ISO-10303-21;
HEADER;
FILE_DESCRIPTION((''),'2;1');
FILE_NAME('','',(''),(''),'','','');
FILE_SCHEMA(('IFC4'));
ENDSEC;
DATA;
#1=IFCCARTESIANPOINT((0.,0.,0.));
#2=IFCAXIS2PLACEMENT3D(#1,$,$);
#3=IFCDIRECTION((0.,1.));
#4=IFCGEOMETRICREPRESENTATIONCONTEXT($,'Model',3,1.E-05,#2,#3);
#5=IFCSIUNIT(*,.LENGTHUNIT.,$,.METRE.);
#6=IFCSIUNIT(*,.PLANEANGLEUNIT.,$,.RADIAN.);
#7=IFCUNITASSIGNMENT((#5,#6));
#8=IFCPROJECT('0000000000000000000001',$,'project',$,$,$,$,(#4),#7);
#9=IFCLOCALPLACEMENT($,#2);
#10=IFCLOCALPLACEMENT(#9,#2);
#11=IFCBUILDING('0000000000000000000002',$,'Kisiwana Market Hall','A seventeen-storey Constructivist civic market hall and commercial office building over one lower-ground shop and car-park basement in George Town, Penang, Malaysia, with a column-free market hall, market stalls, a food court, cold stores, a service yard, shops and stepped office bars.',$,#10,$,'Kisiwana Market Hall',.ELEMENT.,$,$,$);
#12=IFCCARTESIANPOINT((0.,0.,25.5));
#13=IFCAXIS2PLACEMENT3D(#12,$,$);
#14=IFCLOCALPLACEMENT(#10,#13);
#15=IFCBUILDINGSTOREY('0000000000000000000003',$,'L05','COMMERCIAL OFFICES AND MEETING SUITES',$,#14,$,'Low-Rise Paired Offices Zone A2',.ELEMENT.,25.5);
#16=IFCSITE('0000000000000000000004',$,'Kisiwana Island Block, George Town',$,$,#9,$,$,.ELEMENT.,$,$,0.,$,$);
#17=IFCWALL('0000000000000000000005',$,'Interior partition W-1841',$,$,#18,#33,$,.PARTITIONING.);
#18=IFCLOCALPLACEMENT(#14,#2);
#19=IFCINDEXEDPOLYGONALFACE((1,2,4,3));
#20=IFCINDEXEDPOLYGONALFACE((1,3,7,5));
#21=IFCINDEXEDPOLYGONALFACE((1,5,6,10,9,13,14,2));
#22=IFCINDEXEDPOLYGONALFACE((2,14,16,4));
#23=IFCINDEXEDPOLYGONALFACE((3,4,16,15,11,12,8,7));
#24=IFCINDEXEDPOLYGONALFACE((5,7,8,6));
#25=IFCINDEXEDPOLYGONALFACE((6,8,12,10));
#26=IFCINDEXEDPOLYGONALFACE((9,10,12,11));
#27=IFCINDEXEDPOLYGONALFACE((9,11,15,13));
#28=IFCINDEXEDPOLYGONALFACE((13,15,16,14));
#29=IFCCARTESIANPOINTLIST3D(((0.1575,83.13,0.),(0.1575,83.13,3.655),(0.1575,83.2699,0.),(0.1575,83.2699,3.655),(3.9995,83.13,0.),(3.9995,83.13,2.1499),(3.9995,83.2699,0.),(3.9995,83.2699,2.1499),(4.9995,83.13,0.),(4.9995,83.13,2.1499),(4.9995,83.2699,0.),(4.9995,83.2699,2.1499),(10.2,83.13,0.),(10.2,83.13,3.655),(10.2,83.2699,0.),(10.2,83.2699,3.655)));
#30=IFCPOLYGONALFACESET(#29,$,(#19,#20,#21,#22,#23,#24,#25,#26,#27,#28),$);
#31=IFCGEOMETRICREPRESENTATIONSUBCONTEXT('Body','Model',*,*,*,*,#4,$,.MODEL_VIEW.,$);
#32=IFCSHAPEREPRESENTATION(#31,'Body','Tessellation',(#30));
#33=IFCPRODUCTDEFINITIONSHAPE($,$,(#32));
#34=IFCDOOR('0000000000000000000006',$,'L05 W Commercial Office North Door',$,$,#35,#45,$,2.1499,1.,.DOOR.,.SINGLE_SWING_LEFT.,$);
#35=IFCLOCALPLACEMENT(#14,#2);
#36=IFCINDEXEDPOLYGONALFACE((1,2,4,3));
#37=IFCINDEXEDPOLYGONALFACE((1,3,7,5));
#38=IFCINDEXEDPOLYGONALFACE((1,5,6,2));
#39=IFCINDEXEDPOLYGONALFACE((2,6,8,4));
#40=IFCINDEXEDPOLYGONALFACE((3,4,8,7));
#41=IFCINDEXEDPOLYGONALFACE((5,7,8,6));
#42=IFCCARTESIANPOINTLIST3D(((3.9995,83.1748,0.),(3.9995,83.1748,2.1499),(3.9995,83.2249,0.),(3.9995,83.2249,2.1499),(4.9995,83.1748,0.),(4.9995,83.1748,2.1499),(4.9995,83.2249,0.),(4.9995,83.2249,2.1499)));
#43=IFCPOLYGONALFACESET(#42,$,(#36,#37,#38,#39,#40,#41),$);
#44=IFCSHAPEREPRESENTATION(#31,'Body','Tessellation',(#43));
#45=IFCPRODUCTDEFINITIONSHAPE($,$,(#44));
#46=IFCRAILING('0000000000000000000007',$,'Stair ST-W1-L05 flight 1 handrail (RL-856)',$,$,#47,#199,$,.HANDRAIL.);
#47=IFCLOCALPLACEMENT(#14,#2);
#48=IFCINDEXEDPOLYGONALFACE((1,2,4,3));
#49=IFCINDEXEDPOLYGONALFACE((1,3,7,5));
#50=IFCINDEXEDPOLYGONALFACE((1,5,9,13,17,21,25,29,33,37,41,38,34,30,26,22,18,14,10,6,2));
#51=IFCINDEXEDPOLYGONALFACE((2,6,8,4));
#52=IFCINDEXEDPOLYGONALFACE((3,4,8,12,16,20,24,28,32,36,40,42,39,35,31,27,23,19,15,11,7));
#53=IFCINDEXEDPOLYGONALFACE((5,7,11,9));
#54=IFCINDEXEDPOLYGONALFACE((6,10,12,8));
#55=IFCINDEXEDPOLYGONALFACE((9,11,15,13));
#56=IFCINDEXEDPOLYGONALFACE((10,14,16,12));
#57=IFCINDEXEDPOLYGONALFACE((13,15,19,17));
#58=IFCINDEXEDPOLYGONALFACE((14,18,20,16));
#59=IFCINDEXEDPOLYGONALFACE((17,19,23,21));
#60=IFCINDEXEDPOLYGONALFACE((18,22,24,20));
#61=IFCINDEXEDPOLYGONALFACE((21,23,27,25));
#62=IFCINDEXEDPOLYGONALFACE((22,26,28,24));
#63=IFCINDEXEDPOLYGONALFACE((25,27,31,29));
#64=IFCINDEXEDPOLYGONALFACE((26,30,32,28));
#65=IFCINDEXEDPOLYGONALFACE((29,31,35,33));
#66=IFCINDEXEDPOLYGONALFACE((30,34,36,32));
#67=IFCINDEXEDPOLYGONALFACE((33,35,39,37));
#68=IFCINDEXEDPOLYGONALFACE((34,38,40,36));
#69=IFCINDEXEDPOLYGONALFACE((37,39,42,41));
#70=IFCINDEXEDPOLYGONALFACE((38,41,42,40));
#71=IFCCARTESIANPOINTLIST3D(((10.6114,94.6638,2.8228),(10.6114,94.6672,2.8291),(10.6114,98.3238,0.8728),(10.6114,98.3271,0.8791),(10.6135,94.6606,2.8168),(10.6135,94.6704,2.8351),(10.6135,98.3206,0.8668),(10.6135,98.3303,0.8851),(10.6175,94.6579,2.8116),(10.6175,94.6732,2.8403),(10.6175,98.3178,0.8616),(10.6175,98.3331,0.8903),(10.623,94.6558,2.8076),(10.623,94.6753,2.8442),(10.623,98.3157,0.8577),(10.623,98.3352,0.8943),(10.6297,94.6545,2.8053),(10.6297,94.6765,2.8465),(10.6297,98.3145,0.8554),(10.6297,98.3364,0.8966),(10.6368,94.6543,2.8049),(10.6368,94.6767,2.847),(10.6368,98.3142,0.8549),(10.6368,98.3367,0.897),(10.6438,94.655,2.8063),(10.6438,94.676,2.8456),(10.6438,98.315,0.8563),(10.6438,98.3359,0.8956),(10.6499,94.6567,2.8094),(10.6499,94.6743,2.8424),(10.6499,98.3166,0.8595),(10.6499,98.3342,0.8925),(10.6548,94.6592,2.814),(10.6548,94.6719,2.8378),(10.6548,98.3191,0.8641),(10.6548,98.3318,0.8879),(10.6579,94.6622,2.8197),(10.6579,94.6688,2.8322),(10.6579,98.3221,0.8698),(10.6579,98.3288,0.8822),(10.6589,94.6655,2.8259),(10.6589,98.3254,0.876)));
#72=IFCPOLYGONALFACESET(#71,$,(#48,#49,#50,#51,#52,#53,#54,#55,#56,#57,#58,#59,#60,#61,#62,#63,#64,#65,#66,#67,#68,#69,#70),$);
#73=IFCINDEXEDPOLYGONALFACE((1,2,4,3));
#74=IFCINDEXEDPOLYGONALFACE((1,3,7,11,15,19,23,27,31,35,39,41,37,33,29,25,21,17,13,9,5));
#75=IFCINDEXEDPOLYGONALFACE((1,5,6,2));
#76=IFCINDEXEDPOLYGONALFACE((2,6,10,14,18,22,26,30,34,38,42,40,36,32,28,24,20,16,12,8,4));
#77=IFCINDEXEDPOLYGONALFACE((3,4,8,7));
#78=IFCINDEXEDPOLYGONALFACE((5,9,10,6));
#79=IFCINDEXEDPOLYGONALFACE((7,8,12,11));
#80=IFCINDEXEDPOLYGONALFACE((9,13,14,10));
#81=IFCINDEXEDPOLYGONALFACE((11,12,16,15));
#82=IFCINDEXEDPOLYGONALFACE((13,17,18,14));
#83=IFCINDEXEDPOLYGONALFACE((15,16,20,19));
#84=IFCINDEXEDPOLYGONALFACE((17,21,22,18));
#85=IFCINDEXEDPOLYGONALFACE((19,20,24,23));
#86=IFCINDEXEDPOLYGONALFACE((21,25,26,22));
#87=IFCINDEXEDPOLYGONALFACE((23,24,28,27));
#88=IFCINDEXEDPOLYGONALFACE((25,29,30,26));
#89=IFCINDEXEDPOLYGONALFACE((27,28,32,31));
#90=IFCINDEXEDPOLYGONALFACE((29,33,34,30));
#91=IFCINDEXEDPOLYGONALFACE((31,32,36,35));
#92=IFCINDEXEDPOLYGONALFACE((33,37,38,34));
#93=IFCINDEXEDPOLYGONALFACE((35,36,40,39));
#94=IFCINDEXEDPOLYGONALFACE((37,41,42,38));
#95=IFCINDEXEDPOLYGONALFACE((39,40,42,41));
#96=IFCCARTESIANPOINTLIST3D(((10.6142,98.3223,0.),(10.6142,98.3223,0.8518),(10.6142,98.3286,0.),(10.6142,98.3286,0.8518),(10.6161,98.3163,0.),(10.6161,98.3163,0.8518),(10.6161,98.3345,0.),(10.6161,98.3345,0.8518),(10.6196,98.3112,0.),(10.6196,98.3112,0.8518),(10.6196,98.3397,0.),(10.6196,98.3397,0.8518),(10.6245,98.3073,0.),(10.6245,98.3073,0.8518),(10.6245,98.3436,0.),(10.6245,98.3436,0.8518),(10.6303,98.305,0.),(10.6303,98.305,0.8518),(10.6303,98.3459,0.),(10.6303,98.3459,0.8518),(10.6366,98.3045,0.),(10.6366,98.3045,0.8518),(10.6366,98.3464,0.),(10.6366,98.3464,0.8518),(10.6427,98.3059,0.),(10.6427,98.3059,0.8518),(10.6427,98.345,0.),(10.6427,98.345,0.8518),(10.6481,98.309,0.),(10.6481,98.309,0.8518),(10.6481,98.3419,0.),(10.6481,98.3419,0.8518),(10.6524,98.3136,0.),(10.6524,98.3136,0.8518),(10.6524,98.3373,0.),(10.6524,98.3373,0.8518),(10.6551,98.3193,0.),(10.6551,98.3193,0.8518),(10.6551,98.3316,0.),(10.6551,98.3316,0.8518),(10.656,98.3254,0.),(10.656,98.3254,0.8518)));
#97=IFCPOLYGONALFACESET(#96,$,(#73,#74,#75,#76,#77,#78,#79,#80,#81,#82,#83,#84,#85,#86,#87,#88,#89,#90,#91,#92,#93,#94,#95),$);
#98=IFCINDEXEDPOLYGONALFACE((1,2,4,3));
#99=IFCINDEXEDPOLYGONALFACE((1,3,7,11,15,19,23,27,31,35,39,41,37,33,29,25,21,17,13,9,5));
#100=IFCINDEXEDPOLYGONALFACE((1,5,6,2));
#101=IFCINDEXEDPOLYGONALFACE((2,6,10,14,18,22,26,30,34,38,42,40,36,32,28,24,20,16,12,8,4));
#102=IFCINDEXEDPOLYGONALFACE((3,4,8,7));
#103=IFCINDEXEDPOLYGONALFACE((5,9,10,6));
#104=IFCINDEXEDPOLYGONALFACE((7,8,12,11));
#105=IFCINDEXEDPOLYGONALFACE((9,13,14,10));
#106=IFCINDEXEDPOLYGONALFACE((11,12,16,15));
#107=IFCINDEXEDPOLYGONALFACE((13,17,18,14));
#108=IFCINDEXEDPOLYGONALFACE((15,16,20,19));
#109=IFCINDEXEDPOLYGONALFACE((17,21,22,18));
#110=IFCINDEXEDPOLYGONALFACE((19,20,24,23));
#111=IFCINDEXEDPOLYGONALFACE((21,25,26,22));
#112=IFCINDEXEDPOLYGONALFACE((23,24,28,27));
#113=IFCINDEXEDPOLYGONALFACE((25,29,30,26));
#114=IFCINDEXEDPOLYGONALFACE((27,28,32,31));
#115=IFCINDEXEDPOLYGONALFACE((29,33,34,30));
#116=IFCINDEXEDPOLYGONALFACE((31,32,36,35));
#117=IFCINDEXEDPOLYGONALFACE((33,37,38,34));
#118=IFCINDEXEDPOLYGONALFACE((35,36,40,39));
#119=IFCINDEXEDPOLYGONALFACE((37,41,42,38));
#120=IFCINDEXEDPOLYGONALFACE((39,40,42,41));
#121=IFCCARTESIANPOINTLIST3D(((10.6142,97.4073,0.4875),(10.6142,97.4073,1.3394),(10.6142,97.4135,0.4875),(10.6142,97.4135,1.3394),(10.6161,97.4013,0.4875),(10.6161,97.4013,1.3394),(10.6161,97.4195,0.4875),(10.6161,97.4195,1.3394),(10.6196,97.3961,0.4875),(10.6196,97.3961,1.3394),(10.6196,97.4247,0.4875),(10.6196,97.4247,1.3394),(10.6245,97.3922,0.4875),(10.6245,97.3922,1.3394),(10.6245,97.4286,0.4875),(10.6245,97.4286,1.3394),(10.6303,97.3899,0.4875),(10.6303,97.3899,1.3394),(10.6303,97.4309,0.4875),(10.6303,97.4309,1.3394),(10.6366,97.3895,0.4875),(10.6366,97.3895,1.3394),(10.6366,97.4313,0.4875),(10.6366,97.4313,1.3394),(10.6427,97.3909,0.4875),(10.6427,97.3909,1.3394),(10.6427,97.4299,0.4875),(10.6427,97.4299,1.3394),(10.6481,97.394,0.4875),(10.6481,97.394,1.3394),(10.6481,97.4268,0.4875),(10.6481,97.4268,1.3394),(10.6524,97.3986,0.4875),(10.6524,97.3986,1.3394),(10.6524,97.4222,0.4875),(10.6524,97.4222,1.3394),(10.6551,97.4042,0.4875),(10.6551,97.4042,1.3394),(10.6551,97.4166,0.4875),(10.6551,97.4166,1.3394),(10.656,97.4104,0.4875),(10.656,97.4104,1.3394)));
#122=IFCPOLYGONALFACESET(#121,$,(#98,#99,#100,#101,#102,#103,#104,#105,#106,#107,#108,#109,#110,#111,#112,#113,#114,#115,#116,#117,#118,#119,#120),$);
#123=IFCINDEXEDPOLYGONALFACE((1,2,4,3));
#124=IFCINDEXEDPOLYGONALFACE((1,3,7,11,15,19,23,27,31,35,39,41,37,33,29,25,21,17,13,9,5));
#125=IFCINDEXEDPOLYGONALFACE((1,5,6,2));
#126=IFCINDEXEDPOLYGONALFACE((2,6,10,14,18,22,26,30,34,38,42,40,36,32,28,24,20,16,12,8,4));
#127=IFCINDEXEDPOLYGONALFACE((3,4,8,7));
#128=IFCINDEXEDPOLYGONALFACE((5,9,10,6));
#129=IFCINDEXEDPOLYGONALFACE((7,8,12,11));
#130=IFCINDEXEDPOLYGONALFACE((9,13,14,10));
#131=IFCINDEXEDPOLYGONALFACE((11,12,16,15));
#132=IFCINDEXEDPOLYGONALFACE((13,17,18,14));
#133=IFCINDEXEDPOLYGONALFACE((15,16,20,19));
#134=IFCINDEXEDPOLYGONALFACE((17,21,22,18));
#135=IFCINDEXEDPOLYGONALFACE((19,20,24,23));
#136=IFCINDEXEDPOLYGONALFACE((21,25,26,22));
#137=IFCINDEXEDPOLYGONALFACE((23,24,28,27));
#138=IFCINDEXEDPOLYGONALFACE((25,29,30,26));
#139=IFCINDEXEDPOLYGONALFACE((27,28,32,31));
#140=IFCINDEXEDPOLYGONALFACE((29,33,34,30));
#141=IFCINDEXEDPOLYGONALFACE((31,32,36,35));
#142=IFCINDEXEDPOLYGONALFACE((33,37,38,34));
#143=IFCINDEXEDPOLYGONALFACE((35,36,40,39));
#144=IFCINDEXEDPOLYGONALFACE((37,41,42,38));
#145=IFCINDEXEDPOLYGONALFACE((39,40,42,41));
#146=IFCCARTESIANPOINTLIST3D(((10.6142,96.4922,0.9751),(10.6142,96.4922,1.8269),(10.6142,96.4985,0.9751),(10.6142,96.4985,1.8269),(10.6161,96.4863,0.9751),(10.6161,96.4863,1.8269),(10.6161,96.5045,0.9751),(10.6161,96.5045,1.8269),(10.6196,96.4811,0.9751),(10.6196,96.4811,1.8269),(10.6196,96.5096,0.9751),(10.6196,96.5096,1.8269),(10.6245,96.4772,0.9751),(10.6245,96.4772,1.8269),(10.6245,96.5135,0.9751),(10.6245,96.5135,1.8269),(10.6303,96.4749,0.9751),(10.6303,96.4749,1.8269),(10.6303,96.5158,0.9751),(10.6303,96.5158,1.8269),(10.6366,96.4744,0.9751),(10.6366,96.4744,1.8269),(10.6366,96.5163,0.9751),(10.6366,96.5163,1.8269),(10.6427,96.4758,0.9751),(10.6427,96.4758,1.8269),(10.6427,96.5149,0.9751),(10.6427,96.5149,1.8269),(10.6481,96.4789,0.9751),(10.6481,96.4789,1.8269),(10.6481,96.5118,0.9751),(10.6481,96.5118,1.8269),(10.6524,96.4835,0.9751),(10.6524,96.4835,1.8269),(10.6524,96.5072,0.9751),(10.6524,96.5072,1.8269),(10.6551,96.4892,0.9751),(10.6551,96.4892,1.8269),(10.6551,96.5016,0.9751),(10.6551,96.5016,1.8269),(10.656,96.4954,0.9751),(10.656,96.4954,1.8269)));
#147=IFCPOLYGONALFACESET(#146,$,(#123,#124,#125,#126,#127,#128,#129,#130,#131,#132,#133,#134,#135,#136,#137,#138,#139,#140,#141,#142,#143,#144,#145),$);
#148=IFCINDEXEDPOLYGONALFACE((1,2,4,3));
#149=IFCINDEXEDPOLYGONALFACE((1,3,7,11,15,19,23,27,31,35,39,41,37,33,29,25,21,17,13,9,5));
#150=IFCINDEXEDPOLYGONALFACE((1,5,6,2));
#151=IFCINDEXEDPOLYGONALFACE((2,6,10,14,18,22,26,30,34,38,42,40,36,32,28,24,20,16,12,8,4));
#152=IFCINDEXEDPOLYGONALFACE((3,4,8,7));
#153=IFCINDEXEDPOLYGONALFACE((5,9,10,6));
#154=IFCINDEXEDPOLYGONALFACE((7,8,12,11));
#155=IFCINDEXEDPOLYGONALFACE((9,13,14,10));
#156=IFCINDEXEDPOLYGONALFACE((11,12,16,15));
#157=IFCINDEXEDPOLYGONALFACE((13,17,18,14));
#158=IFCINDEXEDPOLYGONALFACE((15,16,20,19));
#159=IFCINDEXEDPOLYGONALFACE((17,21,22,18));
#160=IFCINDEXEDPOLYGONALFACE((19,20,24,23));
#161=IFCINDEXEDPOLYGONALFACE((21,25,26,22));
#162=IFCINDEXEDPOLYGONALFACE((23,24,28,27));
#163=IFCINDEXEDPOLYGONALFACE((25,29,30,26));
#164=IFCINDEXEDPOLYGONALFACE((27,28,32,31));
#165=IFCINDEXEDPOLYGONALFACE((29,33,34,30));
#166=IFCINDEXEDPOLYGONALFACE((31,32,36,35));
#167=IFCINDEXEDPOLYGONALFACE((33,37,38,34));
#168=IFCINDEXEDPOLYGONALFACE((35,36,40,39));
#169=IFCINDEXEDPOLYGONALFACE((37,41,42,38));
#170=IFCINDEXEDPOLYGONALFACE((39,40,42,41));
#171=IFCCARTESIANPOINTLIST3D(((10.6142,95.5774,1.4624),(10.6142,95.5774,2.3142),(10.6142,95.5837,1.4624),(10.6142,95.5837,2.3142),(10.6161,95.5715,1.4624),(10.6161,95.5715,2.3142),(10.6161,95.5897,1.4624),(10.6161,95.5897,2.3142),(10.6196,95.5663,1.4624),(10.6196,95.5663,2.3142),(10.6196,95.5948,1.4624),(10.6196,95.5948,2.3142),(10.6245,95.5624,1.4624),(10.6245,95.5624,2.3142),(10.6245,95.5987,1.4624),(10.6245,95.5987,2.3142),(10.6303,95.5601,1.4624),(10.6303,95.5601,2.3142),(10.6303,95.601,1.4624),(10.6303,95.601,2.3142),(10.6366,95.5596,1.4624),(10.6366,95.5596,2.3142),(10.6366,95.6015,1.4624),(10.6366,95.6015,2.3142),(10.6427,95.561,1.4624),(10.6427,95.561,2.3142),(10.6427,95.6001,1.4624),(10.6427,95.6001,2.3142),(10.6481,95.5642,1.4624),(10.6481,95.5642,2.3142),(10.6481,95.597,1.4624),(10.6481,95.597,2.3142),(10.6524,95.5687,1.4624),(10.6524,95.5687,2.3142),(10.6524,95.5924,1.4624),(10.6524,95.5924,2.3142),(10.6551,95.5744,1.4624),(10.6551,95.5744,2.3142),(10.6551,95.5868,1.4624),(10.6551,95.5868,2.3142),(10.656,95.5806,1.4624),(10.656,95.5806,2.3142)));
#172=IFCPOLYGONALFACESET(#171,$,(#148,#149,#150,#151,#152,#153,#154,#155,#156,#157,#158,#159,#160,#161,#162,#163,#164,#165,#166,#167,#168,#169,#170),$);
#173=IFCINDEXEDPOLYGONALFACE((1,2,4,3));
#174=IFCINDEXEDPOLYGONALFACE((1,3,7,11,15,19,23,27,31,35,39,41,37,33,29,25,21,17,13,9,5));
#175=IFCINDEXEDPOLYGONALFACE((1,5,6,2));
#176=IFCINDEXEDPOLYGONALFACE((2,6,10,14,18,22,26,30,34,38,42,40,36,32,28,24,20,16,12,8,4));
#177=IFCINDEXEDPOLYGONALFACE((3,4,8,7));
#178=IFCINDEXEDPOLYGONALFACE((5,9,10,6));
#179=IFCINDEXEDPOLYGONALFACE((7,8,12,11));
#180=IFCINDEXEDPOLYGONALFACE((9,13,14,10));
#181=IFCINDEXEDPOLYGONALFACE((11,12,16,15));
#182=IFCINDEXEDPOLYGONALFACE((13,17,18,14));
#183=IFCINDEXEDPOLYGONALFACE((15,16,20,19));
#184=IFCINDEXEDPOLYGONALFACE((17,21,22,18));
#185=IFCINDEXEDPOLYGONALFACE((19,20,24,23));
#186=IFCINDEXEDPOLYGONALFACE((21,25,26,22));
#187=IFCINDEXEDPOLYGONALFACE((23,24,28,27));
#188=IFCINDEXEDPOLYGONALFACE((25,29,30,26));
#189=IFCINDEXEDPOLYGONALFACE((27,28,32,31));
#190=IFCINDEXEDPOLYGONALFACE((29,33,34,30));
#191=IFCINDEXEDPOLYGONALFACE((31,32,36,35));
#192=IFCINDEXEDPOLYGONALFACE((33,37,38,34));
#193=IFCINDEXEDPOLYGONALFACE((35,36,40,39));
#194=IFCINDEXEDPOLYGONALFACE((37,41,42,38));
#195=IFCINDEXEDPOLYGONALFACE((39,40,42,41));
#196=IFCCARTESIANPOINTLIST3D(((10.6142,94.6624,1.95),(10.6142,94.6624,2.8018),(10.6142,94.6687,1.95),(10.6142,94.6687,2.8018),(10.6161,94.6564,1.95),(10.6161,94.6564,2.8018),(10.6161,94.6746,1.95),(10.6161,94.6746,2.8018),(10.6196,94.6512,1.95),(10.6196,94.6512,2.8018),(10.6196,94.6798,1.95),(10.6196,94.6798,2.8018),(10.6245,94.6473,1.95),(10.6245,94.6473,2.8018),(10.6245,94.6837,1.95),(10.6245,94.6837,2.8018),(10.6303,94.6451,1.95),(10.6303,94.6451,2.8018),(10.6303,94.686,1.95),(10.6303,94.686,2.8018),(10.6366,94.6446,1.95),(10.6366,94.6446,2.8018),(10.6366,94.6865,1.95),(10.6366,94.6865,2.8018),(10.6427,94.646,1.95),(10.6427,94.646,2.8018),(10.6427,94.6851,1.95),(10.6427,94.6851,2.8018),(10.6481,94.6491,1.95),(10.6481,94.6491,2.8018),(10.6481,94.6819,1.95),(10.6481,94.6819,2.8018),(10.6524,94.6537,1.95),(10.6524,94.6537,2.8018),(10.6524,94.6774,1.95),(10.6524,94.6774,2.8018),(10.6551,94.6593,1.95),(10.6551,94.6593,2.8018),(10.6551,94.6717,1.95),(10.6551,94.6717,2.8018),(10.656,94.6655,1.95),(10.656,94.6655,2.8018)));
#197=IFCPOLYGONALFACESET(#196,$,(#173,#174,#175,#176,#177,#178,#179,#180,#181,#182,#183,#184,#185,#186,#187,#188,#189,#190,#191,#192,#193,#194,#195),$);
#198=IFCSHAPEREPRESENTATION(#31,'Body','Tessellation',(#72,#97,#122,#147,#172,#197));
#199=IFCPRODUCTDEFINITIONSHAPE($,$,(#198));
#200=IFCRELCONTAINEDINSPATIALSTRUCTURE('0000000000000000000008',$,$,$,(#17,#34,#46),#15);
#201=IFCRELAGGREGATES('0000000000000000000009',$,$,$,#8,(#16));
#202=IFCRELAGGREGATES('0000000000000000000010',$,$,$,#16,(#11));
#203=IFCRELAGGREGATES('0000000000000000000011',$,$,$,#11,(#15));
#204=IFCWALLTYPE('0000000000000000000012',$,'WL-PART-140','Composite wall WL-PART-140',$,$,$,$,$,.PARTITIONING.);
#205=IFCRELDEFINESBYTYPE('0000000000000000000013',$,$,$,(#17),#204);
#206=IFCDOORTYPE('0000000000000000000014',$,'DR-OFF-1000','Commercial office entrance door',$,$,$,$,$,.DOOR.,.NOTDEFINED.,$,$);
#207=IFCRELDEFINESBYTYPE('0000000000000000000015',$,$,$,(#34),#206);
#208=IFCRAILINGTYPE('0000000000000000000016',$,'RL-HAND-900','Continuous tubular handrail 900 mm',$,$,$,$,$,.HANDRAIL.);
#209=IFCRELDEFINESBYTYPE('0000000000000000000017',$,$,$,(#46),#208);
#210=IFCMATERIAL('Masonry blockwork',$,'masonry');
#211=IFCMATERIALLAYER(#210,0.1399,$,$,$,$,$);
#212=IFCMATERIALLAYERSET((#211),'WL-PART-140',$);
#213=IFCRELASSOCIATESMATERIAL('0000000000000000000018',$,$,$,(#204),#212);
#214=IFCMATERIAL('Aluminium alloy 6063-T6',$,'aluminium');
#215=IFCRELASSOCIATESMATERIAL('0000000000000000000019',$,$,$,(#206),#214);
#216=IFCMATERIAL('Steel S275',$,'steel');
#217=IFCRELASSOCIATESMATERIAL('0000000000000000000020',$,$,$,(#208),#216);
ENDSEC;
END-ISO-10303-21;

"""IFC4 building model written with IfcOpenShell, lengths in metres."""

from ifc_helpers import new_model, si_unit, direction, frame, frame_2d, origin, origin_2d, place, context, subcontext, project, spatial, rectangle, circle, extrude, material, layer, layer_set, type_object, element, fill, save


model = new_model("IFC4")

# Units and contexts
model_context = context("Model", 3, precision=1e-05, world=origin(), true_north=direction((0.0, 1.0)))
body_context = subcontext(model_context, "Body", "Model", "MODEL_VIEW")
ifc_project = project(units=[si_unit("LENGTHUNIT", "METRE"), si_unit("PLANEANGLEUNIT", "RADIAN")], contexts=[model_context])

# Site, building, storey
site_placement = place(None, origin())
site = spatial("IfcSite", under=ifc_project, at=site_placement, Name="Kisiwana Island Block, George Town", CompositionType="ELEMENT", RefElevation=0.0)
building_placement = place(site_placement, origin())
building = spatial("IfcBuilding", under=site, at=building_placement, Name="Kisiwana Market Hall", Description="A seventeen-storey Constructivist civic market hall and commercial office building over one lower-ground shop and car-park basement in George Town, Penang, Malaysia, with a column-free market hall, market stalls, a food court, cold stores, a service yard, shops and stepped office bars.", LongName="Kisiwana Market Hall", CompositionType="ELEMENT")
storey_placement = place(building_placement, frame((0.0, 0.0, 25.5)))
storey = spatial("IfcBuildingStorey", under=building, at=storey_placement, Name="L05", Description="COMMERCIAL OFFICES AND MEETING SUITES", LongName="Low-Rise Paired Offices Zone A2", CompositionType="ELEMENT", Elevation=25.5)

# Shared definitions
ifc_material_1 = material(Name="Masonry blockwork", Category="masonry")
ifc_layer_1 = layer(ifc_material_1, 0.1399)
ifc_layer_set_1 = layer_set([ifc_layer_1], Name="WL-PART-140")
wall_type_1 = type_object("IfcWallType", Name="WL-PART-140", Description="Composite wall WL-PART-140", PredefinedType="PARTITIONING", material=ifc_layer_set_1)

# Wall, opening, door
wall_1_placement = place(storey_placement, frame((0.1575, 83.2, 0.0), z_axis=(0.0, 0.0, 1.0), x_axis=(1.0, 0.0, 0.0)))
wall_1 = element("IfcWall", 1, at=wall_1_placement, inside=storey, type_object=wall_type_1, Name="Interior partition W-1841", PredefinedType="PARTITIONING", context=body_context, shape_type="SweptSolid", body=[
    extrude(rectangle(XDim=10.0425, YDim=0.1399, at=frame_2d((5.0212, 0.0))), origin(), (0.0, 0.0, 1.0), 3.655),
])
opening_1_placement = place(wall_1_placement, frame((3.842, 0.0, 0.0)))
opening_1 = element("IfcOpeningElement", 2, at=opening_1_placement, cuts=wall_1, PredefinedType="OPENING", context=body_context, shape_type="SweptSolid", body=[
    extrude(rectangle(XDim=1.0, YDim=2.1499, at=frame_2d((0.5, 1.075))), frame((0.0, 0.082, 0.0), z_axis=(0.0, -1.0, 0.0), x_axis=(1.0, 0.0, 0.0)), (0.0, 0.0, 1.0), 0.1638),
])
ifc_material_2 = material(Name="Aluminium alloy 6063-T6", Category="aluminium")
door_type_1 = type_object("IfcDoorType", Name="DR-OFF-1000", Description="Commercial office entrance door", OperationType="NOTDEFINED", PredefinedType="DOOR", material=ifc_material_2)
door_1_placement = place(opening_1_placement, origin())
door_1 = element("IfcDoor", 3, at=door_1_placement, inside=storey, type_object=door_type_1, Name="L05 W Commercial Office North Door", OperationType="SINGLE_SWING_LEFT", OverallHeight=2.1499, OverallWidth=1.0, PredefinedType="DOOR", context=body_context, shape_type="SweptSolid", body=[
    extrude(rectangle(XDim=1.0, YDim=2.1499, at=frame_2d((0.5, 1.075))), frame((0.0, 0.0249, 0.0), z_axis=(0.0, -1.0, 0.0), x_axis=(1.0, 0.0, 0.0)), (0.0, 0.0, 1.0), 0.05),
])
fill(opening_1, door_1)

# Railing
ifc_material_3 = material(Name="Steel S275", Category="steel")
railing_type = type_object("IfcRailingType", Name="RL-HAND-900", Description="Continuous tubular handrail 900 mm", PredefinedType="HANDRAIL", material=ifc_material_3)
railing_placement = place(storey_placement, frame((10.635, 98.3254, 0.0)))
element("IfcRailing", 4, at=railing_placement, inside=storey, type_object=railing_type, Name="Stair ST-W1-L05 flight 1 handrail (RL-856)", PredefinedType="HANDRAIL", context=body_context, shape_type="SweptSolid", body=[
    extrude(circle(Radius=0.0239, at=origin_2d()), frame((0.0, 0.0, 0.876), z_axis=(0.0, -0.882553, 0.470212), x_axis=(1.0, 0.0, 0.0)), (0.0, 0.0, 1.0), 4.147),
    extrude(circle(Radius=0.021, at=origin_2d()), origin(), (0.0, 0.0, 1.0), 0.8518),
    extrude(circle(Radius=0.021, at=origin_2d()), frame((0.0, -0.915, 0.4875)), (0.0, 0.0, 1.0), 0.8518),
    extrude(circle(Radius=0.021, at=origin_2d()), frame((0.0, -1.8301, 0.9751)), (0.0, 0.0, 1.0), 0.8518),
    extrude(circle(Radius=0.021, at=origin_2d()), frame((0.0, -2.7449, 1.4624)), (0.0, 0.0, 1.0), 0.8518),
    extrude(circle(Radius=0.021, at=origin_2d()), frame((0.0, -3.6599, 1.95)), (0.0, 0.0, 1.0), 0.8518),
])

save(model, "model.ifc")
